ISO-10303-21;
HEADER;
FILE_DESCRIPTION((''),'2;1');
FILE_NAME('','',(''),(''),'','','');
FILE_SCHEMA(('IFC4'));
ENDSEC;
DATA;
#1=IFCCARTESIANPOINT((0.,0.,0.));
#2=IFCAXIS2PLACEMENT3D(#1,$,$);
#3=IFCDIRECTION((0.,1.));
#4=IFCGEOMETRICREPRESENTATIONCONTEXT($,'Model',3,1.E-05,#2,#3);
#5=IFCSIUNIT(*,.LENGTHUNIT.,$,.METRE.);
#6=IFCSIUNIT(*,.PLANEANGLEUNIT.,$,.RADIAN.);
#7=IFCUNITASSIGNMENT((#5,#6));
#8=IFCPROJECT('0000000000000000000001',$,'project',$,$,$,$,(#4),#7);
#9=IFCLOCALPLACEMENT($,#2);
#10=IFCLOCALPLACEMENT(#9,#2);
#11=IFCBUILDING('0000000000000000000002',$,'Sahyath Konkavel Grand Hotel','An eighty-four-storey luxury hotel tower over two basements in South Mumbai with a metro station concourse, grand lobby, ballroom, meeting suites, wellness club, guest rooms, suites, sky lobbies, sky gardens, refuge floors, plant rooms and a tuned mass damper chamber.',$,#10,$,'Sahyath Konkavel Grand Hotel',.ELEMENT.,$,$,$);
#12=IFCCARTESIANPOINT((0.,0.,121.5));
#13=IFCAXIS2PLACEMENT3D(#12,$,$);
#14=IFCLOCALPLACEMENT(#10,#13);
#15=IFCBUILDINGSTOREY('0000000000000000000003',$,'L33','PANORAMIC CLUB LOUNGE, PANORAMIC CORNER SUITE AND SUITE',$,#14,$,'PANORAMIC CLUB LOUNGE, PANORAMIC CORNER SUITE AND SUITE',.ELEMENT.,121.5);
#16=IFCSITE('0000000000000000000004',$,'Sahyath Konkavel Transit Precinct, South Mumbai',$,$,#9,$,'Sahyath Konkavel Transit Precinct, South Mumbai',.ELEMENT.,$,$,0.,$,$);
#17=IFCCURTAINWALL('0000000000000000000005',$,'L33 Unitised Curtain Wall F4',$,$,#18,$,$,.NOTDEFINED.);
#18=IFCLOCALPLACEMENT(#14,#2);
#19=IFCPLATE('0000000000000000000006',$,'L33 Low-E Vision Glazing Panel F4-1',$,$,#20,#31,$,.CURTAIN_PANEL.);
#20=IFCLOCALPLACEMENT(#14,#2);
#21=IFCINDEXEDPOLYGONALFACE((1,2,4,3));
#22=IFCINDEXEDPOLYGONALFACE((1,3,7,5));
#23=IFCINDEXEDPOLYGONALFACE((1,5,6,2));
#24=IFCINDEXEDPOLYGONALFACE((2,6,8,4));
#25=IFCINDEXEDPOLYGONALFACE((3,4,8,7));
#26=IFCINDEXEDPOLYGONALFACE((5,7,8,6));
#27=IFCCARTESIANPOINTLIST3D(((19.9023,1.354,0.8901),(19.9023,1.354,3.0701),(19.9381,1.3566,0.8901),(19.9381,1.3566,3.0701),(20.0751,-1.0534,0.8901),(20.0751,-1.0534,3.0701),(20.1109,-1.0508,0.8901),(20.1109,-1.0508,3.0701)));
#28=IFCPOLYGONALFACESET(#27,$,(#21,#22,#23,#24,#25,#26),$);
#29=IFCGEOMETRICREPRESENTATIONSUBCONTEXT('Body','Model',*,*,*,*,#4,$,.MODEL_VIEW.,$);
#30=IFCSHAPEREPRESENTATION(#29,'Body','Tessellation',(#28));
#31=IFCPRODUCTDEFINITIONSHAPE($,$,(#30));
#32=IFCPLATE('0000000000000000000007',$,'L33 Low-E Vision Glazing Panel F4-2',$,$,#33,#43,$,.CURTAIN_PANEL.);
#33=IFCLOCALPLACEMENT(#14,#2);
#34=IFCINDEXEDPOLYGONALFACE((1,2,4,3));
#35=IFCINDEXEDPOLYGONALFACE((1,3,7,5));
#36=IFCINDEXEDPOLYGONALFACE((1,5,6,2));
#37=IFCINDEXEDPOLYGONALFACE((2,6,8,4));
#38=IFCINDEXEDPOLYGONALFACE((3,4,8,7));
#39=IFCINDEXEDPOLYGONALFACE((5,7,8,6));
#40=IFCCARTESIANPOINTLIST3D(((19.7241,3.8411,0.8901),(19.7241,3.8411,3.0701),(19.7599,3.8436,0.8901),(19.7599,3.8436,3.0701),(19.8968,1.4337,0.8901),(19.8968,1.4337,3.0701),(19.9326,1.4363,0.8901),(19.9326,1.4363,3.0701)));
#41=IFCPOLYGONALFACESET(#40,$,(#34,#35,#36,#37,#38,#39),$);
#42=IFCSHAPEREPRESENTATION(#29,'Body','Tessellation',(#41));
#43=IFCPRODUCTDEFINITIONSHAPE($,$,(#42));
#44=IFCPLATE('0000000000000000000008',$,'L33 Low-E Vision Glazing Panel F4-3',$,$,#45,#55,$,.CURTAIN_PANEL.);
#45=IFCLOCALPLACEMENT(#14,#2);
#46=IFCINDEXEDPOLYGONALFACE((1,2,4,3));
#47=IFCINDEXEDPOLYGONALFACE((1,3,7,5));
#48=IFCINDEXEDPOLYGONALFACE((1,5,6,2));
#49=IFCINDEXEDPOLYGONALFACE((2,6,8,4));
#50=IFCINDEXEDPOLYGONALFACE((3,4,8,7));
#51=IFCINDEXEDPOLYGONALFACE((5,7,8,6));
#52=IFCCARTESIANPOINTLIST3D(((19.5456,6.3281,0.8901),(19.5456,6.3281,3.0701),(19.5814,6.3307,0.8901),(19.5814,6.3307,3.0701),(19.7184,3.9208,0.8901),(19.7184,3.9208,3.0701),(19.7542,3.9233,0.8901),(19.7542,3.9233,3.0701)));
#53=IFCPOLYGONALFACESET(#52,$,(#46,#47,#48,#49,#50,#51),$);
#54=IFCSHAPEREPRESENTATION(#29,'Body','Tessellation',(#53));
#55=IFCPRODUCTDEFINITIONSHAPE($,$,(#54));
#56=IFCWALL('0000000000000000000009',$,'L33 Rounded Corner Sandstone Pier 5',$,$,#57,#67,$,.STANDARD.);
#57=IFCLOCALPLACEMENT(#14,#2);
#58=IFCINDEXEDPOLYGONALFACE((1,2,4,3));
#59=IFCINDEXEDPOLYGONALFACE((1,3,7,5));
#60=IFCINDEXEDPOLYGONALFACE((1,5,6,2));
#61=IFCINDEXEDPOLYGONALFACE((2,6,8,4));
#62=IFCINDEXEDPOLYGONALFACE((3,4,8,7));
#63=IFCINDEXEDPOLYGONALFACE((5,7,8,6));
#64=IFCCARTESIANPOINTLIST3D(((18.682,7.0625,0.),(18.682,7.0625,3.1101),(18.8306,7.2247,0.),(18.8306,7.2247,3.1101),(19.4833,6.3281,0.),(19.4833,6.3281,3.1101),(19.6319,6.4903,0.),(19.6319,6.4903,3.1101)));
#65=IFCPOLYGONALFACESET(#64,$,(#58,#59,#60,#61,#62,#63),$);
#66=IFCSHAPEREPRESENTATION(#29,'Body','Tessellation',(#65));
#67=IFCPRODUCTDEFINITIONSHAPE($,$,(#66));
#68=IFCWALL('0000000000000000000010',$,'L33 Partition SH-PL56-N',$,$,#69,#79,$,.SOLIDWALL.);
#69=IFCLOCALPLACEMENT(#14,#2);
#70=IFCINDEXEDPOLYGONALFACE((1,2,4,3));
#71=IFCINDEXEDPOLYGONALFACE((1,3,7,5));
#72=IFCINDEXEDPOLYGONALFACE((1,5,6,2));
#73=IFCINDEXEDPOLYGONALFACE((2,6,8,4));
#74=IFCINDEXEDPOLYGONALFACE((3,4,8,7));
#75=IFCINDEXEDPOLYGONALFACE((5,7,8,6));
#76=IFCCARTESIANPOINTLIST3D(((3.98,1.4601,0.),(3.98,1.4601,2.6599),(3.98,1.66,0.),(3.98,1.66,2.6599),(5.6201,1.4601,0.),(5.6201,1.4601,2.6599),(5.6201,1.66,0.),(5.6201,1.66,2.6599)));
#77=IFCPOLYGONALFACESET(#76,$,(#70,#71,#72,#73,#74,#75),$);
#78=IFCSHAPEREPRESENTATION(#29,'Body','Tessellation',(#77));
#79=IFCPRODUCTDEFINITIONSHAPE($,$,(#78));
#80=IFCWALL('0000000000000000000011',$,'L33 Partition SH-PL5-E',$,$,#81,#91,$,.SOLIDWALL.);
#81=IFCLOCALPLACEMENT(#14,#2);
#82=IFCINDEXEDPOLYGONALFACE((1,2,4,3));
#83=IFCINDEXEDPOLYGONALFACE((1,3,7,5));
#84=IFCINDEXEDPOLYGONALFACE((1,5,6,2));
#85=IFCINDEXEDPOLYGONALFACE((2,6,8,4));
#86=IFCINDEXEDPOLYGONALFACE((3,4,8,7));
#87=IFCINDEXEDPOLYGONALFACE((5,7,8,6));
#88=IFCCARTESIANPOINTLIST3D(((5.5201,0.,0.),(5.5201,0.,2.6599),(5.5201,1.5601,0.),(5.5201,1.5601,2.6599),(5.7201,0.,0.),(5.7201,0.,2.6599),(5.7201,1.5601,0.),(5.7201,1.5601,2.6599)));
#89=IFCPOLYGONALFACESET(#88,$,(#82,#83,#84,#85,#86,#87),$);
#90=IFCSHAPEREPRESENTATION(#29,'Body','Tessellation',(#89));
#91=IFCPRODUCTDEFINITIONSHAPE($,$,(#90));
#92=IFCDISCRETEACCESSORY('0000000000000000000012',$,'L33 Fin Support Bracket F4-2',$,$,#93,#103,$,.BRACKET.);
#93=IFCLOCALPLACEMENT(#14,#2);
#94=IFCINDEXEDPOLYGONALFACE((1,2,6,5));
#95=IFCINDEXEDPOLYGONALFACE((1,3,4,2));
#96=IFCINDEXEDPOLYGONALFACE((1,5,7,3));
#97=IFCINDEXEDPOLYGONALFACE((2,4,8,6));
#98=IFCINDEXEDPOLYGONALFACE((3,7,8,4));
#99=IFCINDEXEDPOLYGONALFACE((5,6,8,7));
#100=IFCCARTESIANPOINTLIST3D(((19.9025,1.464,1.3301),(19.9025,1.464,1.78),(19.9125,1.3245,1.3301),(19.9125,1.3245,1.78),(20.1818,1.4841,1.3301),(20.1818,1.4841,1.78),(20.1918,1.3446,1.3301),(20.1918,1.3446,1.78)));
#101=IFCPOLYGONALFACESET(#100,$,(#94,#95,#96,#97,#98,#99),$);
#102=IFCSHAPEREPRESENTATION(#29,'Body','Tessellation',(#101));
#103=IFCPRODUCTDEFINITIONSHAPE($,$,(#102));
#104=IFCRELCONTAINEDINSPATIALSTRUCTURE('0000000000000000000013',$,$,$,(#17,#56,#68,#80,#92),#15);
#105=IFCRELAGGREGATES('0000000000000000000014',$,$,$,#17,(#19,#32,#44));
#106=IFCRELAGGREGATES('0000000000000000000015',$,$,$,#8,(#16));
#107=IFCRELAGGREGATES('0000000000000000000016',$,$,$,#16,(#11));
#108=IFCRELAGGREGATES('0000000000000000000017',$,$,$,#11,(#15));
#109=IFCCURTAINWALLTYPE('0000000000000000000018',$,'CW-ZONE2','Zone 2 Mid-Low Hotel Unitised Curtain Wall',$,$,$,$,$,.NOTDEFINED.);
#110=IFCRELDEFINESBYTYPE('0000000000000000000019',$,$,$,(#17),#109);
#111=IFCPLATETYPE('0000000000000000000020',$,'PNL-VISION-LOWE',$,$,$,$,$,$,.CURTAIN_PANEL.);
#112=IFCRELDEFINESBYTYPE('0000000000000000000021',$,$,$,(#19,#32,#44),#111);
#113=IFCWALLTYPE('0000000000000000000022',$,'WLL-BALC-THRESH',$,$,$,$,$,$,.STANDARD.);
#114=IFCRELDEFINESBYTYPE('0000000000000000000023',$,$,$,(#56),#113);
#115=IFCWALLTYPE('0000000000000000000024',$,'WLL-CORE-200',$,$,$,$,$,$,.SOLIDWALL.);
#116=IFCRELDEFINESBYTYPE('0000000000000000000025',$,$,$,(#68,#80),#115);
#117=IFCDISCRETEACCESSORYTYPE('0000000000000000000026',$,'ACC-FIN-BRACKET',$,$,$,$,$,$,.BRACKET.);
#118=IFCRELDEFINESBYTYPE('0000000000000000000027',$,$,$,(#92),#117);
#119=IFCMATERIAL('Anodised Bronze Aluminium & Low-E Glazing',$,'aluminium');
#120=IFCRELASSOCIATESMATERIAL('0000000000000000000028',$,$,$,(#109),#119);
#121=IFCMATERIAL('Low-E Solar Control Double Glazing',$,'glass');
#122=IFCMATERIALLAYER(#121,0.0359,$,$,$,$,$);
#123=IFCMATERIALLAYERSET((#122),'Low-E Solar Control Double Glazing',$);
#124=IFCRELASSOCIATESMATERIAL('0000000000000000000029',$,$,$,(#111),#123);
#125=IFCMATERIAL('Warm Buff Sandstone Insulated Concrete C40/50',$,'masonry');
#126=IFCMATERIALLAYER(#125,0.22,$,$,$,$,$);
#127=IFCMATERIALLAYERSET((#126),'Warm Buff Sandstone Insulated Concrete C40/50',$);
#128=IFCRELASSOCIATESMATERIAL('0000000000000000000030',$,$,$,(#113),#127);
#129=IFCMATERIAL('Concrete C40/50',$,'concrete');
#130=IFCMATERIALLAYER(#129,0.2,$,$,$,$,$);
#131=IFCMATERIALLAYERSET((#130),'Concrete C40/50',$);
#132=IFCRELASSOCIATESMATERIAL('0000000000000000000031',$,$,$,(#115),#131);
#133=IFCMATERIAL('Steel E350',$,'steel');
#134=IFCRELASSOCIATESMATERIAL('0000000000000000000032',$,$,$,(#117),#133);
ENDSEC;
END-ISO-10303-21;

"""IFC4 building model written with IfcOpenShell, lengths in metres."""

from ifc_helpers import new_model, si_unit, direction, frame, frame_2d, origin, origin_2d, place, context, subcontext, project, spatial, rectangle, extrude, source, transform, mapped, material, layer, layer_set, type_object, element, aggregate, save


model = new_model("IFC4")

# Units and contexts
model_context = context("Model", 3, precision=1e-05, world=origin(), true_north=direction((0.0, 1.0)))
body_context = subcontext(model_context, "Body", "Model", "MODEL_VIEW")
ifc_project = project(units=[si_unit("LENGTHUNIT", "METRE"), si_unit("PLANEANGLEUNIT", "RADIAN")], contexts=[model_context])

# Site, building, storey
site_placement = place(None, origin())
site = spatial("IfcSite", under=ifc_project, at=site_placement, Name="Sahyath Konkavel Transit Precinct, South Mumbai", LongName="Sahyath Konkavel Transit Precinct, South Mumbai", CompositionType="ELEMENT", RefElevation=0.0)
building_placement = place(site_placement, origin())
building = spatial("IfcBuilding", under=site, at=building_placement, Name="Sahyath Konkavel Grand Hotel", Description="An eighty-four-storey luxury hotel tower over two basements in South Mumbai with a metro station concourse, grand lobby, ballroom, meeting suites, wellness club, guest rooms, suites, sky lobbies, sky gardens, refuge floors, plant rooms and a tuned mass damper chamber.", LongName="Sahyath Konkavel Grand Hotel", CompositionType="ELEMENT")
storey_placement = place(building_placement, frame((0.0, 0.0, 121.5)))
storey = spatial("IfcBuildingStorey", under=building, at=storey_placement, Name="L33", Description="PANORAMIC CLUB LOUNGE, PANORAMIC CORNER SUITE AND SUITE", LongName="PANORAMIC CLUB LOUNGE, PANORAMIC CORNER SUITE AND SUITE", CompositionType="ELEMENT", Elevation=121.5)

# Shared definitions
ifc_material_1 = material(Name="Steel E350", Category="steel")

# Curtain wall
ifc_material_2 = material(Name="Anodised Bronze Aluminium & Low-E Glazing", Category="aluminium")
curtain_wall_type = type_object("IfcCurtainWallType", Name="CW-ZONE2", Description="Zone 2 Mid-Low Hotel Unitised Curtain Wall", PredefinedType="NOTDEFINED", material=ifc_material_2)
curtain_wall_placement = place(storey_placement, origin())
curtain_wall = element("IfcCurtainWall", 1, at=curtain_wall_placement, inside=storey, type_object=curtain_wall_type, Name="L33 Unitised Curtain Wall F4", PredefinedType="NOTDEFINED")

# Plates
ifc_material_3 = material(Name="Low-E Solar Control Double Glazing", Category="glass")
ifc_layer_1 = layer(ifc_material_3, 0.0359)
ifc_layer_set_1 = layer_set([ifc_layer_1], Name="Low-E Solar Control Double Glazing")
plate_type_1 = type_object("IfcPlateType", Name="PNL-VISION-LOWE", PredefinedType="CURTAIN_PANEL", material=ifc_layer_set_1)
shared_shape_1 = source(origin(), body_context, "Body", "SweptSolid", [
    extrude(rectangle(XDim=2.4136, YDim=0.0359, at=origin_2d()), origin(), (0.0, 0.0, 1.0), 2.1799),
])
plate_1_placement = place(storey_placement, frame((20.0066, 0.1516, 0.8901), z_axis=(0.0, 0.0, 1.0), x_axis=(-0.071567, 0.997436, 0.0)))
plate_1 = element("IfcPlate", 2, at=plate_1_placement, type_object=plate_type_1, Name="L33 Low-E Vision Glazing Panel F4-1", PredefinedType="CURTAIN_PANEL", context=body_context, shape_type="MappedRepresentation", body=[
    mapped(shared_shape_1, transform((0.0, 0.0, 0.0), scale=1.0)),
])
plate_2_placement = place(storey_placement, frame((19.8284, 2.6387, 0.8901), z_axis=(0.0, 0.0, 1.0), x_axis=(-0.071567, 0.997436, 0.0)))
plate_2 = element("IfcPlate", 3, at=plate_2_placement, type_object=plate_type_1, Name="L33 Low-E Vision Glazing Panel F4-2", PredefinedType="CURTAIN_PANEL", context=body_context, shape_type="MappedRepresentation", body=[
    mapped(shared_shape_1, transform((0.0, 0.0, 0.0), scale=1.0)),
])
plate_3_placement = place(storey_placement, frame((19.6499, 5.1257, 0.8901), z_axis=(0.0, 0.0, 1.0), x_axis=(-0.071567, 0.997436, 0.0)))
plate_3 = element("IfcPlate", 4, at=plate_3_placement, type_object=plate_type_1, Name="L33 Low-E Vision Glazing Panel F4-3", PredefinedType="CURTAIN_PANEL", context=body_context, shape_type="MappedRepresentation", body=[
    mapped(shared_shape_1, transform((0.0, 0.0, 0.0), scale=1.0)),
])
aggregate(curtain_wall, [plate_1, plate_2, plate_3])

# Walls
ifc_material_4 = material(Name="Warm Buff Sandstone Insulated Concrete C40/50", Category="masonry")
ifc_layer_2 = layer(ifc_material_4, 0.22)
ifc_layer_set_2 = layer_set([ifc_layer_2], Name="Warm Buff Sandstone Insulated Concrete C40/50")
wall_type_1 = type_object("IfcWallType", Name="WLL-BALC-THRESH", PredefinedType="STANDARD", material=ifc_layer_set_2)
wall_1_placement = place(storey_placement, frame((19.5576, 6.4092, 0.0), z_axis=(0.0, 0.0, 1.0), x_axis=(-0.73721, 0.675664, 0.0)))
element("IfcWall", 5, at=wall_1_placement, inside=storey, type_object=wall_type_1, Name="L33 Rounded Corner Sandstone Pier 5", PredefinedType="STANDARD", context=body_context, shape_type="SweptSolid", body=[
    extrude(rectangle(XDim=1.0869, YDim=0.22, at=frame_2d((0.5435, 0.0))), origin(), (0.0, 0.0, 1.0), 3.1101),
])
ifc_material_5 = material(Name="Concrete C40/50", Category="concrete")
ifc_layer_3 = layer(ifc_material_5, 0.2)
ifc_layer_set_3 = layer_set([ifc_layer_3], Name="Concrete C40/50")
wall_type_2 = type_object("IfcWallType", Name="WLL-CORE-200", PredefinedType="SOLIDWALL", material=ifc_layer_set_3)
wall_2_placement = place(storey_placement, frame((3.98, 1.5601, 0.0), z_axis=(0.0, 0.0, 1.0), x_axis=(1.0, 0.0, 0.0)))
element("IfcWall", 6, at=wall_2_placement, inside=storey, type_object=wall_type_2, Name="L33 Partition SH-PL56-N", PredefinedType="SOLIDWALL", context=body_context, shape_type="SweptSolid", body=[
    extrude(rectangle(XDim=1.6401, YDim=0.2, at=frame_2d((0.8201, 0.0))), origin(), (0.0, 0.0, 1.0), 2.6599),
])
wall_3_placement = place(storey_placement, frame((5.6201, 0.0, 0.0), z_axis=(0.0, 0.0, 1.0), x_axis=(0.0, 1.0, 0.0)))
element("IfcWall", 7, at=wall_3_placement, inside=storey, type_object=wall_type_2, Name="L33 Partition SH-PL5-E", PredefinedType="SOLIDWALL", context=body_context, shape_type="SweptSolid", body=[
    extrude(rectangle(XDim=1.5601, YDim=0.2, at=frame_2d((0.78, 0.0))), origin(), (0.0, 0.0, 1.0), 2.6599),
])

# Discrete accessory
discrete_accessory_type = type_object("IfcDiscreteAccessoryType", Name="ACC-FIN-BRACKET", PredefinedType="BRACKET", material=ifc_material_1)
shared_shape_2 = source(origin(), body_context, "Body", "SweptSolid", [
    extrude(rectangle(XDim=0.28, YDim=0.1399, at=origin_2d()), origin(), (0.0, 0.0, 1.0), 0.45),
])
discrete_accessory_placement = place(storey_placement, frame((20.0471, 1.4043, 1.3301), z_axis=(0.0, 0.0, 1.0), x_axis=(0.997436, 0.071567, 0.0)))
element("IfcDiscreteAccessory", 8, at=discrete_accessory_placement, inside=storey, type_object=discrete_accessory_type, Name="L33 Fin Support Bracket F4-2", PredefinedType="BRACKET", context=body_context, shape_type="MappedRepresentation", body=[
    mapped(shared_shape_2, transform((0.0, 0.0, 0.0), scale=1.0)),
])

save(model, "model.ifc")
